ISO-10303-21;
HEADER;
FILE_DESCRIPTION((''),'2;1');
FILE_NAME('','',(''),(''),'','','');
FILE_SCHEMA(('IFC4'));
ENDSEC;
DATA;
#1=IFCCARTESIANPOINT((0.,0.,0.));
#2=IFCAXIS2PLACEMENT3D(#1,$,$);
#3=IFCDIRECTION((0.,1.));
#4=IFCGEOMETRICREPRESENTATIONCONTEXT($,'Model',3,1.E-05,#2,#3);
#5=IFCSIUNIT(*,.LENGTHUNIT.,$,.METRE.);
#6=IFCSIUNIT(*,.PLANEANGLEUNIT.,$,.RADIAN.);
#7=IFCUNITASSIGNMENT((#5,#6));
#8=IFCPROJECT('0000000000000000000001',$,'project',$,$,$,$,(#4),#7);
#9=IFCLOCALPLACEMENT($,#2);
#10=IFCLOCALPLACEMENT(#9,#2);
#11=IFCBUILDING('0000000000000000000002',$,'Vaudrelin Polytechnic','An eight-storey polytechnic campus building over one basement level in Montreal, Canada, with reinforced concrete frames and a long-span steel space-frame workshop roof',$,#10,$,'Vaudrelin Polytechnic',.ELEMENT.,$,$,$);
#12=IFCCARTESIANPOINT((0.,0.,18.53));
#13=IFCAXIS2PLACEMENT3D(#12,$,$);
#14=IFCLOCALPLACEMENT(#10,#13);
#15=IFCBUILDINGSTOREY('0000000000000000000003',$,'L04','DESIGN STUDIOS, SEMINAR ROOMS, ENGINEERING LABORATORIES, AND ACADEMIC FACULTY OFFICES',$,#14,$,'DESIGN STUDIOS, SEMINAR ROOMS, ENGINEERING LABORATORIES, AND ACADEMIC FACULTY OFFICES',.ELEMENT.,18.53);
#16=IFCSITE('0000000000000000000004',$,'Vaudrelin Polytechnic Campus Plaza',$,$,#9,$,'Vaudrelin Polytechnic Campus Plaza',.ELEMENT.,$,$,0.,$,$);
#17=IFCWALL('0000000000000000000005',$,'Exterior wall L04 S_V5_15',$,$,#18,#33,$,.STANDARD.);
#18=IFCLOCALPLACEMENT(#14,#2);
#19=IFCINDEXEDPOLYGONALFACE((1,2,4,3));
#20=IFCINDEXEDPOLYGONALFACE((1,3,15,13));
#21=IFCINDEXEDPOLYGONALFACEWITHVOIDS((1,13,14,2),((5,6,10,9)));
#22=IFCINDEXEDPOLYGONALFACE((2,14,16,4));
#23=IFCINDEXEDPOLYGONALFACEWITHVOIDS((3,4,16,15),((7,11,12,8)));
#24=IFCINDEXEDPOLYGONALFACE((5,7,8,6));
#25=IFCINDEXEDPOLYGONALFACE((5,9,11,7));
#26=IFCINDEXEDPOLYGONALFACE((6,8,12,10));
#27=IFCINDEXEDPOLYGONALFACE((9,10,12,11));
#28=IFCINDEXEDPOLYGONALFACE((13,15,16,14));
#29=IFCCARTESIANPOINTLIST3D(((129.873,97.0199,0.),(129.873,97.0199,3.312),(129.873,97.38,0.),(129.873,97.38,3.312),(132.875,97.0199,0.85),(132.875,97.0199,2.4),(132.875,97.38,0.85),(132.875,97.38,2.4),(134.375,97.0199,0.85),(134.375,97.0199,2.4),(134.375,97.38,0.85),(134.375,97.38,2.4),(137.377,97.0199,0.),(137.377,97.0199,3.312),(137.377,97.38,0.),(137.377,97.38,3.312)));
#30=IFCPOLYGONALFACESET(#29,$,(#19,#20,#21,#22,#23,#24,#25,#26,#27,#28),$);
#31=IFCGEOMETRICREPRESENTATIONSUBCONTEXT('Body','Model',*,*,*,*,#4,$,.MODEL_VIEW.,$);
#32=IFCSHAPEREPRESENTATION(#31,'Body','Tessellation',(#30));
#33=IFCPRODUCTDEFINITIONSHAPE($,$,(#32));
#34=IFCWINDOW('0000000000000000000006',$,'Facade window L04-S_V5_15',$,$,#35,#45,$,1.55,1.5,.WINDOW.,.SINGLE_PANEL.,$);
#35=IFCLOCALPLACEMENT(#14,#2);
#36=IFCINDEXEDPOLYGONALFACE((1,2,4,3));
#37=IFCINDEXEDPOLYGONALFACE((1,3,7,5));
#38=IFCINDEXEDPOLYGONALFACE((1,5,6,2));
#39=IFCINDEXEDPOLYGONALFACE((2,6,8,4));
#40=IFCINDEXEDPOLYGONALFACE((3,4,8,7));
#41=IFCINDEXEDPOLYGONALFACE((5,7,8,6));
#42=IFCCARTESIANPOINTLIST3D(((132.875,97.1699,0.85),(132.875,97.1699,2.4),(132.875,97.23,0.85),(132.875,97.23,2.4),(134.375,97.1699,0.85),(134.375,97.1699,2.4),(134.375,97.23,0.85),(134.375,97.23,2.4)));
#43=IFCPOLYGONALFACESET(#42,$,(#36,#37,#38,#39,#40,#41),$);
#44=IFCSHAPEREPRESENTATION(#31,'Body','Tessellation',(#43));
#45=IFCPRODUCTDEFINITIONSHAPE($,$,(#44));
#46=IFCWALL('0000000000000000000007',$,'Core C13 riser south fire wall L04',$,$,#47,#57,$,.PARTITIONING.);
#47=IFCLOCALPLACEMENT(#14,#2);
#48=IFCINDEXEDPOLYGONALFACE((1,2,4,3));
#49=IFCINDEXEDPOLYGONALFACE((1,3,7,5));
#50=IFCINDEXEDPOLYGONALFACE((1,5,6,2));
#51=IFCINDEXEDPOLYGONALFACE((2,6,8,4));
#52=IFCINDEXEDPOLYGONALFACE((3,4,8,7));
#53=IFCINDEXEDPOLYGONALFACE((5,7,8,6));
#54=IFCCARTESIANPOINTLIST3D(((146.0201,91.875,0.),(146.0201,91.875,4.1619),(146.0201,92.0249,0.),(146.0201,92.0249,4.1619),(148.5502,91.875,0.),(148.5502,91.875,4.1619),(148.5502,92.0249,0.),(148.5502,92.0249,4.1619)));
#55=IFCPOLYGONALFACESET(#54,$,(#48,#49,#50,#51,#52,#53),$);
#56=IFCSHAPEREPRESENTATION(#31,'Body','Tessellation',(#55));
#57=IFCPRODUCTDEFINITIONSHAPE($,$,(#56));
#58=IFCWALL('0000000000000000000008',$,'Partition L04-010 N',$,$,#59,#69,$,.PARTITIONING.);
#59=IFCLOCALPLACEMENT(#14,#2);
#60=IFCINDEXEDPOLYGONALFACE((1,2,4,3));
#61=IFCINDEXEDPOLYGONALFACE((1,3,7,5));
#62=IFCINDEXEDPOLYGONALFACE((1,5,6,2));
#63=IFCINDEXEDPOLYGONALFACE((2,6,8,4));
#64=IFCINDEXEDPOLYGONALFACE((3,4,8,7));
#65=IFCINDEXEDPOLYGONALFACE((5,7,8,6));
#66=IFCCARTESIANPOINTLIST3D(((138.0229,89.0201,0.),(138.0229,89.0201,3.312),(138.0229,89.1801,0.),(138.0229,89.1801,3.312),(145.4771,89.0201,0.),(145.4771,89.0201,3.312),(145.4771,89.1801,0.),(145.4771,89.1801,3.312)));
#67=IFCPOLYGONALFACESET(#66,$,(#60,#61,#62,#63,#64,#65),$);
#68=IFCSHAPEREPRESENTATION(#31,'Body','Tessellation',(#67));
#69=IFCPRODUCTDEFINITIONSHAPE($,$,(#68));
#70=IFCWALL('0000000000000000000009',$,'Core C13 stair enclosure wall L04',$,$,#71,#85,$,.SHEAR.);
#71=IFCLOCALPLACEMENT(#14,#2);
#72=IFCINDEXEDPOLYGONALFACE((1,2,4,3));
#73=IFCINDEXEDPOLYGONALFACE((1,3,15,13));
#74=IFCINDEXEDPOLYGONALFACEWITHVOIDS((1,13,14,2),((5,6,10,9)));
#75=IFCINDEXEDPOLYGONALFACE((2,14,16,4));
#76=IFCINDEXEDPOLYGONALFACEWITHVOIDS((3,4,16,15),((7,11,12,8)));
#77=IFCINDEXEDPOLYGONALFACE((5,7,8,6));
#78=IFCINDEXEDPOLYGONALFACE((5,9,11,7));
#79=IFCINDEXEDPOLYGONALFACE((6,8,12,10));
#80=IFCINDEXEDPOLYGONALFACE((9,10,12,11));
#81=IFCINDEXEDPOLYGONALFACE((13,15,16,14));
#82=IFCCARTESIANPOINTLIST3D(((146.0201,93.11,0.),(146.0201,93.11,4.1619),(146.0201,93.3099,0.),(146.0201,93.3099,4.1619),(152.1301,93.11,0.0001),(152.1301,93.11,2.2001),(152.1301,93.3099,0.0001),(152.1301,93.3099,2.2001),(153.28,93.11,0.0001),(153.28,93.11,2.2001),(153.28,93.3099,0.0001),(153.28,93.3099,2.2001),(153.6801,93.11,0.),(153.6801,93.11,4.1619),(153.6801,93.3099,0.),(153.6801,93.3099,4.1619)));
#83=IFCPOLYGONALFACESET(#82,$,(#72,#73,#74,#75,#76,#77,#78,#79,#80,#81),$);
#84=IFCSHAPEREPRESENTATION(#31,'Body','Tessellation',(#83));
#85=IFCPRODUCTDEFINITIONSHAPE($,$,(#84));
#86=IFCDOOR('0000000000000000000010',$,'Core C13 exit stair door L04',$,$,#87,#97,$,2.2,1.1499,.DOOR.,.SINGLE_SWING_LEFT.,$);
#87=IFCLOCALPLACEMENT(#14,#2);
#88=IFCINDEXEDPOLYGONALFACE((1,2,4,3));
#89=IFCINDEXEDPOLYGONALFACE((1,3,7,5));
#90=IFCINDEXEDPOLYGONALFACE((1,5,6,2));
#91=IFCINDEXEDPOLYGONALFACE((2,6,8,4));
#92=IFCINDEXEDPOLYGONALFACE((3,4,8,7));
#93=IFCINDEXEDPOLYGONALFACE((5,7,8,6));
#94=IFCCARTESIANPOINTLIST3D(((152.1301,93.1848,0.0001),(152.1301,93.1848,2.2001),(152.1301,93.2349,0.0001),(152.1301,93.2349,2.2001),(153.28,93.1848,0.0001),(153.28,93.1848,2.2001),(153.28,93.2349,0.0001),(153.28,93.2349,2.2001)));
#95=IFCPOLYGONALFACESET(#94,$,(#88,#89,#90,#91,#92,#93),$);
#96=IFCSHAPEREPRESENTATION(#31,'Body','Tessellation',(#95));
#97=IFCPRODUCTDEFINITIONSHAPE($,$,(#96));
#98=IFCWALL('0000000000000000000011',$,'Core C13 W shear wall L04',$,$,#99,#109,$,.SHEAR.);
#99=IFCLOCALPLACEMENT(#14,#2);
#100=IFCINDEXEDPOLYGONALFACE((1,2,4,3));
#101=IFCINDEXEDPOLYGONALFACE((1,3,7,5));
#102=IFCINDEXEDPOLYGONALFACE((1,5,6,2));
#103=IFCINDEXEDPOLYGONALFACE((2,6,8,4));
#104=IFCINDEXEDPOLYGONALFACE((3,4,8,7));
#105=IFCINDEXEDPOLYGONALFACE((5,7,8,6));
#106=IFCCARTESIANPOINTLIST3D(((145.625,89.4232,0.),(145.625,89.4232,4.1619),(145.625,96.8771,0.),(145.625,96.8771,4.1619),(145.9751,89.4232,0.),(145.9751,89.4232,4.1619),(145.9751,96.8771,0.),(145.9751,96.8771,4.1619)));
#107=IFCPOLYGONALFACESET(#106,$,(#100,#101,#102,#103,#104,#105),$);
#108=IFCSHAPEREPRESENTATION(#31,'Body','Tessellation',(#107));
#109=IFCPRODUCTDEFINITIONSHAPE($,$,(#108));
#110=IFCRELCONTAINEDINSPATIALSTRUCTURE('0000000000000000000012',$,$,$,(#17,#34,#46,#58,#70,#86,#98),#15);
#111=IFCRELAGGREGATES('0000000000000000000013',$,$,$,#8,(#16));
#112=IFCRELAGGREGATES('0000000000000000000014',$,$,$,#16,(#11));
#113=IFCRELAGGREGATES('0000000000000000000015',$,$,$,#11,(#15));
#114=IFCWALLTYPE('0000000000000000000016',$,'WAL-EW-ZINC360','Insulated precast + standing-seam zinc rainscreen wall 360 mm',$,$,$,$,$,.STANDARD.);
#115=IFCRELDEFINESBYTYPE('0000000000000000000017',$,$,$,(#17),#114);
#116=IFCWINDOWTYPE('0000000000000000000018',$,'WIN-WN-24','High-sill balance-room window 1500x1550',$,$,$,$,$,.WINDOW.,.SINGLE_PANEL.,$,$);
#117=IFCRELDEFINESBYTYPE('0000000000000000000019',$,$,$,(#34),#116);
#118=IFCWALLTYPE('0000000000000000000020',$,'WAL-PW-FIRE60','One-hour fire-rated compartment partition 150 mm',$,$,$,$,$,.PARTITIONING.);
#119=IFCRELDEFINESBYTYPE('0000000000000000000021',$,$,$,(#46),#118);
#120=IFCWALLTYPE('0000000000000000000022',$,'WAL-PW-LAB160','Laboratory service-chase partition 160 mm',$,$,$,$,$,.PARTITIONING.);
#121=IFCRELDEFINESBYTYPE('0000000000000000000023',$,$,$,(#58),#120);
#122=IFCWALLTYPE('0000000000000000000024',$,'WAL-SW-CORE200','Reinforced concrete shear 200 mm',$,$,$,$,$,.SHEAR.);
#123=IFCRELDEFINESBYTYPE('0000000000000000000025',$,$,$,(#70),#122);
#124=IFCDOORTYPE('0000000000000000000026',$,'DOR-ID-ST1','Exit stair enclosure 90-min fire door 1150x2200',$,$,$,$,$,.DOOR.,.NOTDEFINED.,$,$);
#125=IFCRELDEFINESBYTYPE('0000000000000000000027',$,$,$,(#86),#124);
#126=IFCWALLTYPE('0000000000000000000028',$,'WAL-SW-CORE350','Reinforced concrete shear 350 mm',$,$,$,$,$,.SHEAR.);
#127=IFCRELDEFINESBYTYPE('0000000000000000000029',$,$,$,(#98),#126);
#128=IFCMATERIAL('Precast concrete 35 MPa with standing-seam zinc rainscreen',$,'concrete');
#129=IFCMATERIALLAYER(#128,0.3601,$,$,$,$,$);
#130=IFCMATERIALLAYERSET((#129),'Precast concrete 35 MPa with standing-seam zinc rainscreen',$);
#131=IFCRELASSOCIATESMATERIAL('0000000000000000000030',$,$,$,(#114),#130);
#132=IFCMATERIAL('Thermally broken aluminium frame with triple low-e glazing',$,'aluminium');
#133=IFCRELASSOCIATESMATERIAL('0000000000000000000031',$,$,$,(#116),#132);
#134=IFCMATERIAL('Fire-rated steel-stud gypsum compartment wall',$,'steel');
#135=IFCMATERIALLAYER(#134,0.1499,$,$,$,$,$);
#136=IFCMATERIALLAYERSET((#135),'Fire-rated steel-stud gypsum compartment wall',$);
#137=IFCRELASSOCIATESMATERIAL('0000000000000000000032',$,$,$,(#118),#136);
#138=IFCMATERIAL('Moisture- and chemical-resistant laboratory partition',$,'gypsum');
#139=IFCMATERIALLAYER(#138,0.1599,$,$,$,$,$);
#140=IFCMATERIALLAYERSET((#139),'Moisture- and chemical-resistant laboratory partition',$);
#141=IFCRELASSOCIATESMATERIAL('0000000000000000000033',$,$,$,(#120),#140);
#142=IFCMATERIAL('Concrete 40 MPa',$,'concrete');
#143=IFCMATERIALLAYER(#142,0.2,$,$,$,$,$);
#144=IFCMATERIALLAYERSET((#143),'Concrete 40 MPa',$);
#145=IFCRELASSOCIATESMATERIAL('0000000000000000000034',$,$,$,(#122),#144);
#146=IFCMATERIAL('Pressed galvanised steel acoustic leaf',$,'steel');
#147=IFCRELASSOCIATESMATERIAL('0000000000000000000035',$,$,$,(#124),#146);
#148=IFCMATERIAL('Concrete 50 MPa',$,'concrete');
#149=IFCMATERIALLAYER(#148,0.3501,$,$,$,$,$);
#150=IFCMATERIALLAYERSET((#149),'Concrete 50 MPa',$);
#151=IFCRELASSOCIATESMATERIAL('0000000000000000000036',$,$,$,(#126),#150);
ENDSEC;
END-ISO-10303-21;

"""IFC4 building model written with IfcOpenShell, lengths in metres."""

from ifc_helpers import new_model, si_unit, direction, frame, frame_2d, origin, place, context, subcontext, project, spatial, rectangle, extrude, material, layer, layer_set, type_object, element, fill, save


model = new_model("IFC4")

# Units and contexts
model_context = context("Model", 3, precision=1e-05, world=origin(), true_north=direction((0.0, 1.0)))
body_context = subcontext(model_context, "Body", "Model", "MODEL_VIEW")
ifc_project = project(units=[si_unit("LENGTHUNIT", "METRE"), si_unit("PLANEANGLEUNIT", "RADIAN")], contexts=[model_context])

# Site, building, storey
site_placement = place(None, origin())
site = spatial("IfcSite", under=ifc_project, at=site_placement, Name="Vaudrelin Polytechnic Campus Plaza", LongName="Vaudrelin Polytechnic Campus Plaza", CompositionType="ELEMENT", RefElevation=0.0)
building_placement = place(site_placement, origin())
building = spatial("IfcBuilding", under=site, at=building_placement, Name="Vaudrelin Polytechnic", Description="An eight-storey polytechnic campus building over one basement level in Montreal, Canada, with reinforced concrete frames and a long-span steel space-frame workshop roof", LongName="Vaudrelin Polytechnic", CompositionType="ELEMENT")
storey_placement = place(building_placement, frame((0.0, 0.0, 18.53)))
storey = spatial("IfcBuildingStorey", under=building, at=storey_placement, Name="L04", Description="DESIGN STUDIOS, SEMINAR ROOMS, ENGINEERING LABORATORIES, AND ACADEMIC FACULTY OFFICES", LongName="DESIGN STUDIOS, SEMINAR ROOMS, ENGINEERING LABORATORIES, AND ACADEMIC FACULTY OFFICES", CompositionType="ELEMENT", Elevation=18.53)

# Shared definitions
ifc_material_1 = material(Name="Concrete 40 MPa", Category="concrete")

# Shared definitions
ifc_material_2 = material(Name="Concrete 50 MPa", Category="concrete")

# Wall, opening, window
ifc_material_3 = material(Name="Thermally broken aluminium frame with triple low-e glazing", Category="aluminium")
ifc_material_4 = material(Name="Precast concrete 35 MPa with standing-seam zinc rainscreen", Category="concrete")
ifc_layer_1 = layer(ifc_material_4, 0.3601)
ifc_layer_set_1 = layer_set([ifc_layer_1], Name="Precast concrete 35 MPa with standing-seam zinc rainscreen")
wall_type_1 = type_object("IfcWallType", Name="WAL-EW-ZINC360", Description="Insulated precast + standing-seam zinc rainscreen wall 360 mm", PredefinedType="STANDARD", material=ifc_layer_set_1)
wall_1_placement = place(storey_placement, frame((129.873, 97.2, 0.0), z_axis=(0.0, 0.0, 1.0), x_axis=(1.0, 0.0, 0.0)))
wall_1 = element("IfcWall", 1, at=wall_1_placement, inside=storey, type_object=wall_type_1, Name="Exterior wall L04 S_V5_15", PredefinedType="STANDARD", context=body_context, shape_type="SweptSolid", body=[
    extrude(rectangle(XDim=7.5039, YDim=0.3601, at=frame_2d((3.752, 0.0))), origin(), (0.0, 0.0, 1.0), 3.312),
])
opening_1_placement = place(wall_1_placement, frame((3.002, 0.0, 0.8501)))
opening_1 = element("IfcOpeningElement", 2, at=opening_1_placement, cuts=wall_1, PredefinedType="OPENING", context=body_context, shape_type="SweptSolid", body=[
    extrude(rectangle(XDim=1.5, YDim=1.55, at=frame_2d((0.75, 0.7749))), frame((0.0, 0.1899, 0.0), z_axis=(0.0, -1.0, 0.0), x_axis=(1.0, 0.0, 0.0)), (0.0, 0.0, 1.0), 0.3801),
])
window_type_1 = type_object("IfcWindowType", Name="WIN-WN-24", Description="High-sill balance-room window 1500x1550", PartitioningType="SINGLE_PANEL", PredefinedType="WINDOW", material=ifc_material_3)
window_1_placement = place(opening_1_placement, origin())
window_1 = element("IfcWindow", 3, at=window_1_placement, inside=storey, type_object=window_type_1, Name="Facade window L04-S_V5_15", OverallHeight=1.55, OverallWidth=1.5, PartitioningType="SINGLE_PANEL", PredefinedType="WINDOW", context=body_context, shape_type="SweptSolid", body=[
    extrude(rectangle(XDim=1.5, YDim=1.55, at=frame_2d((0.75, 0.7749))), frame((0.0, 0.03, 0.0), z_axis=(0.0, -1.0, 0.0), x_axis=(1.0, 0.0, 0.0)), (0.0, 0.0, 1.0), 0.0601),
])
fill(opening_1, window_1)

# Walls
ifc_material_5 = material(Name="Fire-rated steel-stud gypsum compartment wall", Category="steel")
ifc_layer_2 = layer(ifc_material_5, 0.1499)
ifc_layer_set_2 = layer_set([ifc_layer_2], Name="Fire-rated steel-stud gypsum compartment wall")
wall_type_2 = type_object("IfcWallType", Name="WAL-PW-FIRE60", Description="One-hour fire-rated compartment partition 150 mm", PredefinedType="PARTITIONING", material=ifc_layer_set_2)
wall_2_placement = place(storey_placement, frame((146.02, 91.95, 0.0), z_axis=(0.0, 0.0, 1.0), x_axis=(1.0, 0.0, 0.0)))
element("IfcWall", 4, at=wall_2_placement, inside=storey, type_object=wall_type_2, Name="Core C13 riser south fire wall L04", PredefinedType="PARTITIONING", context=body_context, shape_type="SweptSolid", body=[
    extrude(rectangle(XDim=2.53, YDim=0.1499, at=frame_2d((1.2651, 0.0))), origin(), (0.0, 0.0, 1.0), 4.1619),
])
ifc_material_6 = material(Name="Moisture- and chemical-resistant laboratory partition", Category="gypsum")
ifc_layer_3 = layer(ifc_material_6, 0.1599)
ifc_layer_set_3 = layer_set([ifc_layer_3], Name="Moisture- and chemical-resistant laboratory partition")
wall_type_3 = type_object("IfcWallType", Name="WAL-PW-LAB160", Description="Laboratory service-chase partition 160 mm", PredefinedType="PARTITIONING", material=ifc_layer_set_3)
wall_3_placement = place(storey_placement, frame((138.0229, 89.1001, 0.0), z_axis=(0.0, 0.0, 1.0), x_axis=(1.0, 0.0, 0.0)))
element("IfcWall", 5, at=wall_3_placement, inside=storey, type_object=wall_type_3, Name="Partition L04-010 N", PredefinedType="PARTITIONING", context=body_context, shape_type="SweptSolid", body=[
    extrude(rectangle(XDim=7.4541, YDim=0.1599, at=frame_2d((3.7271, 0.0))), origin(), (0.0, 0.0, 1.0), 3.312),
])

# Wall, opening, door
ifc_layer_4 = layer(ifc_material_1, 0.2)
ifc_layer_set_4 = layer_set([ifc_layer_4], Name="Concrete 40 MPa")
wall_type_4 = type_object("IfcWallType", Name="WAL-SW-CORE200", Description="Reinforced concrete shear 200 mm", PredefinedType="SHEAR", material=ifc_layer_set_4)
wall_4_placement = place(storey_placement, frame((146.02, 93.21, 0.0), z_axis=(0.0, 0.0, 1.0), x_axis=(1.0, 0.0, 0.0)))
wall_4 = element("IfcWall", 6, at=wall_4_placement, inside=storey, type_object=wall_type_4, Name="Core C13 stair enclosure wall L04", PredefinedType="SHEAR", context=body_context, shape_type="SweptSolid", body=[
    extrude(rectangle(XDim=7.6599, YDim=0.2, at=frame_2d((3.8301, 0.0))), origin(), (0.0, 0.0, 1.0), 4.1619),
])
opening_2_placement = place(wall_4_placement, frame((6.1101, 0.0, 0.0)))
opening_2 = element("IfcOpeningElement", 7, at=opening_2_placement, cuts=wall_4, PredefinedType="OPENING", context=body_context, shape_type="SweptSolid", body=[
    extrude(rectangle(XDim=1.1499, YDim=2.2, at=frame_2d((0.575, 1.1001))), frame((0.0, 0.1099, 0.0), z_axis=(0.0, -1.0, 0.0), x_axis=(1.0, 0.0, 0.0)), (0.0, 0.0, 1.0), 0.22),
])
ifc_material_7 = material(Name="Pressed galvanised steel acoustic leaf", Category="steel")
door_type = type_object("IfcDoorType", Name="DOR-ID-ST1", Description="Exit stair enclosure 90-min fire door 1150x2200", OperationType="NOTDEFINED", PredefinedType="DOOR", material=ifc_material_7)
door_placement = place(opening_2_placement, origin())
door = element("IfcDoor", 8, at=door_placement, inside=storey, type_object=door_type, Name="Core C13 exit stair door L04", OperationType="SINGLE_SWING_LEFT", OverallHeight=2.2, OverallWidth=1.1499, PredefinedType="DOOR", context=body_context, shape_type="SweptSolid", body=[
    extrude(rectangle(XDim=1.1499, YDim=2.2, at=frame_2d((0.575, 1.1001))), frame((0.0, 0.0249, 0.0), z_axis=(0.0, -1.0, 0.0), x_axis=(1.0, 0.0, 0.0)), (0.0, 0.0, 1.0), 0.05),
])
fill(opening_2, door)

# Wall
ifc_layer_5 = layer(ifc_material_2, 0.3501)
ifc_layer_set_5 = layer_set([ifc_layer_5], Name="Concrete 50 MPa")
wall_type_5 = type_object("IfcWallType", Name="WAL-SW-CORE350", Description="Reinforced concrete shear 350 mm", PredefinedType="SHEAR", material=ifc_layer_set_5)
wall_5_placement = place(storey_placement, frame((145.8, 89.4231, 0.0), z_axis=(0.0, 0.0, 1.0), x_axis=(0.0, 1.0, 0.0)))
element("IfcWall", 9, at=wall_5_placement, inside=storey, type_object=wall_type_5, Name="Core C13 W shear wall L04", PredefinedType="SHEAR", context=body_context, shape_type="SweptSolid", body=[
    extrude(rectangle(XDim=7.4539, YDim=0.3501, at=frame_2d((3.7271, 0.0))), origin(), (0.0, 0.0, 1.0), 4.1619),
])

save(model, "model.ifc")
